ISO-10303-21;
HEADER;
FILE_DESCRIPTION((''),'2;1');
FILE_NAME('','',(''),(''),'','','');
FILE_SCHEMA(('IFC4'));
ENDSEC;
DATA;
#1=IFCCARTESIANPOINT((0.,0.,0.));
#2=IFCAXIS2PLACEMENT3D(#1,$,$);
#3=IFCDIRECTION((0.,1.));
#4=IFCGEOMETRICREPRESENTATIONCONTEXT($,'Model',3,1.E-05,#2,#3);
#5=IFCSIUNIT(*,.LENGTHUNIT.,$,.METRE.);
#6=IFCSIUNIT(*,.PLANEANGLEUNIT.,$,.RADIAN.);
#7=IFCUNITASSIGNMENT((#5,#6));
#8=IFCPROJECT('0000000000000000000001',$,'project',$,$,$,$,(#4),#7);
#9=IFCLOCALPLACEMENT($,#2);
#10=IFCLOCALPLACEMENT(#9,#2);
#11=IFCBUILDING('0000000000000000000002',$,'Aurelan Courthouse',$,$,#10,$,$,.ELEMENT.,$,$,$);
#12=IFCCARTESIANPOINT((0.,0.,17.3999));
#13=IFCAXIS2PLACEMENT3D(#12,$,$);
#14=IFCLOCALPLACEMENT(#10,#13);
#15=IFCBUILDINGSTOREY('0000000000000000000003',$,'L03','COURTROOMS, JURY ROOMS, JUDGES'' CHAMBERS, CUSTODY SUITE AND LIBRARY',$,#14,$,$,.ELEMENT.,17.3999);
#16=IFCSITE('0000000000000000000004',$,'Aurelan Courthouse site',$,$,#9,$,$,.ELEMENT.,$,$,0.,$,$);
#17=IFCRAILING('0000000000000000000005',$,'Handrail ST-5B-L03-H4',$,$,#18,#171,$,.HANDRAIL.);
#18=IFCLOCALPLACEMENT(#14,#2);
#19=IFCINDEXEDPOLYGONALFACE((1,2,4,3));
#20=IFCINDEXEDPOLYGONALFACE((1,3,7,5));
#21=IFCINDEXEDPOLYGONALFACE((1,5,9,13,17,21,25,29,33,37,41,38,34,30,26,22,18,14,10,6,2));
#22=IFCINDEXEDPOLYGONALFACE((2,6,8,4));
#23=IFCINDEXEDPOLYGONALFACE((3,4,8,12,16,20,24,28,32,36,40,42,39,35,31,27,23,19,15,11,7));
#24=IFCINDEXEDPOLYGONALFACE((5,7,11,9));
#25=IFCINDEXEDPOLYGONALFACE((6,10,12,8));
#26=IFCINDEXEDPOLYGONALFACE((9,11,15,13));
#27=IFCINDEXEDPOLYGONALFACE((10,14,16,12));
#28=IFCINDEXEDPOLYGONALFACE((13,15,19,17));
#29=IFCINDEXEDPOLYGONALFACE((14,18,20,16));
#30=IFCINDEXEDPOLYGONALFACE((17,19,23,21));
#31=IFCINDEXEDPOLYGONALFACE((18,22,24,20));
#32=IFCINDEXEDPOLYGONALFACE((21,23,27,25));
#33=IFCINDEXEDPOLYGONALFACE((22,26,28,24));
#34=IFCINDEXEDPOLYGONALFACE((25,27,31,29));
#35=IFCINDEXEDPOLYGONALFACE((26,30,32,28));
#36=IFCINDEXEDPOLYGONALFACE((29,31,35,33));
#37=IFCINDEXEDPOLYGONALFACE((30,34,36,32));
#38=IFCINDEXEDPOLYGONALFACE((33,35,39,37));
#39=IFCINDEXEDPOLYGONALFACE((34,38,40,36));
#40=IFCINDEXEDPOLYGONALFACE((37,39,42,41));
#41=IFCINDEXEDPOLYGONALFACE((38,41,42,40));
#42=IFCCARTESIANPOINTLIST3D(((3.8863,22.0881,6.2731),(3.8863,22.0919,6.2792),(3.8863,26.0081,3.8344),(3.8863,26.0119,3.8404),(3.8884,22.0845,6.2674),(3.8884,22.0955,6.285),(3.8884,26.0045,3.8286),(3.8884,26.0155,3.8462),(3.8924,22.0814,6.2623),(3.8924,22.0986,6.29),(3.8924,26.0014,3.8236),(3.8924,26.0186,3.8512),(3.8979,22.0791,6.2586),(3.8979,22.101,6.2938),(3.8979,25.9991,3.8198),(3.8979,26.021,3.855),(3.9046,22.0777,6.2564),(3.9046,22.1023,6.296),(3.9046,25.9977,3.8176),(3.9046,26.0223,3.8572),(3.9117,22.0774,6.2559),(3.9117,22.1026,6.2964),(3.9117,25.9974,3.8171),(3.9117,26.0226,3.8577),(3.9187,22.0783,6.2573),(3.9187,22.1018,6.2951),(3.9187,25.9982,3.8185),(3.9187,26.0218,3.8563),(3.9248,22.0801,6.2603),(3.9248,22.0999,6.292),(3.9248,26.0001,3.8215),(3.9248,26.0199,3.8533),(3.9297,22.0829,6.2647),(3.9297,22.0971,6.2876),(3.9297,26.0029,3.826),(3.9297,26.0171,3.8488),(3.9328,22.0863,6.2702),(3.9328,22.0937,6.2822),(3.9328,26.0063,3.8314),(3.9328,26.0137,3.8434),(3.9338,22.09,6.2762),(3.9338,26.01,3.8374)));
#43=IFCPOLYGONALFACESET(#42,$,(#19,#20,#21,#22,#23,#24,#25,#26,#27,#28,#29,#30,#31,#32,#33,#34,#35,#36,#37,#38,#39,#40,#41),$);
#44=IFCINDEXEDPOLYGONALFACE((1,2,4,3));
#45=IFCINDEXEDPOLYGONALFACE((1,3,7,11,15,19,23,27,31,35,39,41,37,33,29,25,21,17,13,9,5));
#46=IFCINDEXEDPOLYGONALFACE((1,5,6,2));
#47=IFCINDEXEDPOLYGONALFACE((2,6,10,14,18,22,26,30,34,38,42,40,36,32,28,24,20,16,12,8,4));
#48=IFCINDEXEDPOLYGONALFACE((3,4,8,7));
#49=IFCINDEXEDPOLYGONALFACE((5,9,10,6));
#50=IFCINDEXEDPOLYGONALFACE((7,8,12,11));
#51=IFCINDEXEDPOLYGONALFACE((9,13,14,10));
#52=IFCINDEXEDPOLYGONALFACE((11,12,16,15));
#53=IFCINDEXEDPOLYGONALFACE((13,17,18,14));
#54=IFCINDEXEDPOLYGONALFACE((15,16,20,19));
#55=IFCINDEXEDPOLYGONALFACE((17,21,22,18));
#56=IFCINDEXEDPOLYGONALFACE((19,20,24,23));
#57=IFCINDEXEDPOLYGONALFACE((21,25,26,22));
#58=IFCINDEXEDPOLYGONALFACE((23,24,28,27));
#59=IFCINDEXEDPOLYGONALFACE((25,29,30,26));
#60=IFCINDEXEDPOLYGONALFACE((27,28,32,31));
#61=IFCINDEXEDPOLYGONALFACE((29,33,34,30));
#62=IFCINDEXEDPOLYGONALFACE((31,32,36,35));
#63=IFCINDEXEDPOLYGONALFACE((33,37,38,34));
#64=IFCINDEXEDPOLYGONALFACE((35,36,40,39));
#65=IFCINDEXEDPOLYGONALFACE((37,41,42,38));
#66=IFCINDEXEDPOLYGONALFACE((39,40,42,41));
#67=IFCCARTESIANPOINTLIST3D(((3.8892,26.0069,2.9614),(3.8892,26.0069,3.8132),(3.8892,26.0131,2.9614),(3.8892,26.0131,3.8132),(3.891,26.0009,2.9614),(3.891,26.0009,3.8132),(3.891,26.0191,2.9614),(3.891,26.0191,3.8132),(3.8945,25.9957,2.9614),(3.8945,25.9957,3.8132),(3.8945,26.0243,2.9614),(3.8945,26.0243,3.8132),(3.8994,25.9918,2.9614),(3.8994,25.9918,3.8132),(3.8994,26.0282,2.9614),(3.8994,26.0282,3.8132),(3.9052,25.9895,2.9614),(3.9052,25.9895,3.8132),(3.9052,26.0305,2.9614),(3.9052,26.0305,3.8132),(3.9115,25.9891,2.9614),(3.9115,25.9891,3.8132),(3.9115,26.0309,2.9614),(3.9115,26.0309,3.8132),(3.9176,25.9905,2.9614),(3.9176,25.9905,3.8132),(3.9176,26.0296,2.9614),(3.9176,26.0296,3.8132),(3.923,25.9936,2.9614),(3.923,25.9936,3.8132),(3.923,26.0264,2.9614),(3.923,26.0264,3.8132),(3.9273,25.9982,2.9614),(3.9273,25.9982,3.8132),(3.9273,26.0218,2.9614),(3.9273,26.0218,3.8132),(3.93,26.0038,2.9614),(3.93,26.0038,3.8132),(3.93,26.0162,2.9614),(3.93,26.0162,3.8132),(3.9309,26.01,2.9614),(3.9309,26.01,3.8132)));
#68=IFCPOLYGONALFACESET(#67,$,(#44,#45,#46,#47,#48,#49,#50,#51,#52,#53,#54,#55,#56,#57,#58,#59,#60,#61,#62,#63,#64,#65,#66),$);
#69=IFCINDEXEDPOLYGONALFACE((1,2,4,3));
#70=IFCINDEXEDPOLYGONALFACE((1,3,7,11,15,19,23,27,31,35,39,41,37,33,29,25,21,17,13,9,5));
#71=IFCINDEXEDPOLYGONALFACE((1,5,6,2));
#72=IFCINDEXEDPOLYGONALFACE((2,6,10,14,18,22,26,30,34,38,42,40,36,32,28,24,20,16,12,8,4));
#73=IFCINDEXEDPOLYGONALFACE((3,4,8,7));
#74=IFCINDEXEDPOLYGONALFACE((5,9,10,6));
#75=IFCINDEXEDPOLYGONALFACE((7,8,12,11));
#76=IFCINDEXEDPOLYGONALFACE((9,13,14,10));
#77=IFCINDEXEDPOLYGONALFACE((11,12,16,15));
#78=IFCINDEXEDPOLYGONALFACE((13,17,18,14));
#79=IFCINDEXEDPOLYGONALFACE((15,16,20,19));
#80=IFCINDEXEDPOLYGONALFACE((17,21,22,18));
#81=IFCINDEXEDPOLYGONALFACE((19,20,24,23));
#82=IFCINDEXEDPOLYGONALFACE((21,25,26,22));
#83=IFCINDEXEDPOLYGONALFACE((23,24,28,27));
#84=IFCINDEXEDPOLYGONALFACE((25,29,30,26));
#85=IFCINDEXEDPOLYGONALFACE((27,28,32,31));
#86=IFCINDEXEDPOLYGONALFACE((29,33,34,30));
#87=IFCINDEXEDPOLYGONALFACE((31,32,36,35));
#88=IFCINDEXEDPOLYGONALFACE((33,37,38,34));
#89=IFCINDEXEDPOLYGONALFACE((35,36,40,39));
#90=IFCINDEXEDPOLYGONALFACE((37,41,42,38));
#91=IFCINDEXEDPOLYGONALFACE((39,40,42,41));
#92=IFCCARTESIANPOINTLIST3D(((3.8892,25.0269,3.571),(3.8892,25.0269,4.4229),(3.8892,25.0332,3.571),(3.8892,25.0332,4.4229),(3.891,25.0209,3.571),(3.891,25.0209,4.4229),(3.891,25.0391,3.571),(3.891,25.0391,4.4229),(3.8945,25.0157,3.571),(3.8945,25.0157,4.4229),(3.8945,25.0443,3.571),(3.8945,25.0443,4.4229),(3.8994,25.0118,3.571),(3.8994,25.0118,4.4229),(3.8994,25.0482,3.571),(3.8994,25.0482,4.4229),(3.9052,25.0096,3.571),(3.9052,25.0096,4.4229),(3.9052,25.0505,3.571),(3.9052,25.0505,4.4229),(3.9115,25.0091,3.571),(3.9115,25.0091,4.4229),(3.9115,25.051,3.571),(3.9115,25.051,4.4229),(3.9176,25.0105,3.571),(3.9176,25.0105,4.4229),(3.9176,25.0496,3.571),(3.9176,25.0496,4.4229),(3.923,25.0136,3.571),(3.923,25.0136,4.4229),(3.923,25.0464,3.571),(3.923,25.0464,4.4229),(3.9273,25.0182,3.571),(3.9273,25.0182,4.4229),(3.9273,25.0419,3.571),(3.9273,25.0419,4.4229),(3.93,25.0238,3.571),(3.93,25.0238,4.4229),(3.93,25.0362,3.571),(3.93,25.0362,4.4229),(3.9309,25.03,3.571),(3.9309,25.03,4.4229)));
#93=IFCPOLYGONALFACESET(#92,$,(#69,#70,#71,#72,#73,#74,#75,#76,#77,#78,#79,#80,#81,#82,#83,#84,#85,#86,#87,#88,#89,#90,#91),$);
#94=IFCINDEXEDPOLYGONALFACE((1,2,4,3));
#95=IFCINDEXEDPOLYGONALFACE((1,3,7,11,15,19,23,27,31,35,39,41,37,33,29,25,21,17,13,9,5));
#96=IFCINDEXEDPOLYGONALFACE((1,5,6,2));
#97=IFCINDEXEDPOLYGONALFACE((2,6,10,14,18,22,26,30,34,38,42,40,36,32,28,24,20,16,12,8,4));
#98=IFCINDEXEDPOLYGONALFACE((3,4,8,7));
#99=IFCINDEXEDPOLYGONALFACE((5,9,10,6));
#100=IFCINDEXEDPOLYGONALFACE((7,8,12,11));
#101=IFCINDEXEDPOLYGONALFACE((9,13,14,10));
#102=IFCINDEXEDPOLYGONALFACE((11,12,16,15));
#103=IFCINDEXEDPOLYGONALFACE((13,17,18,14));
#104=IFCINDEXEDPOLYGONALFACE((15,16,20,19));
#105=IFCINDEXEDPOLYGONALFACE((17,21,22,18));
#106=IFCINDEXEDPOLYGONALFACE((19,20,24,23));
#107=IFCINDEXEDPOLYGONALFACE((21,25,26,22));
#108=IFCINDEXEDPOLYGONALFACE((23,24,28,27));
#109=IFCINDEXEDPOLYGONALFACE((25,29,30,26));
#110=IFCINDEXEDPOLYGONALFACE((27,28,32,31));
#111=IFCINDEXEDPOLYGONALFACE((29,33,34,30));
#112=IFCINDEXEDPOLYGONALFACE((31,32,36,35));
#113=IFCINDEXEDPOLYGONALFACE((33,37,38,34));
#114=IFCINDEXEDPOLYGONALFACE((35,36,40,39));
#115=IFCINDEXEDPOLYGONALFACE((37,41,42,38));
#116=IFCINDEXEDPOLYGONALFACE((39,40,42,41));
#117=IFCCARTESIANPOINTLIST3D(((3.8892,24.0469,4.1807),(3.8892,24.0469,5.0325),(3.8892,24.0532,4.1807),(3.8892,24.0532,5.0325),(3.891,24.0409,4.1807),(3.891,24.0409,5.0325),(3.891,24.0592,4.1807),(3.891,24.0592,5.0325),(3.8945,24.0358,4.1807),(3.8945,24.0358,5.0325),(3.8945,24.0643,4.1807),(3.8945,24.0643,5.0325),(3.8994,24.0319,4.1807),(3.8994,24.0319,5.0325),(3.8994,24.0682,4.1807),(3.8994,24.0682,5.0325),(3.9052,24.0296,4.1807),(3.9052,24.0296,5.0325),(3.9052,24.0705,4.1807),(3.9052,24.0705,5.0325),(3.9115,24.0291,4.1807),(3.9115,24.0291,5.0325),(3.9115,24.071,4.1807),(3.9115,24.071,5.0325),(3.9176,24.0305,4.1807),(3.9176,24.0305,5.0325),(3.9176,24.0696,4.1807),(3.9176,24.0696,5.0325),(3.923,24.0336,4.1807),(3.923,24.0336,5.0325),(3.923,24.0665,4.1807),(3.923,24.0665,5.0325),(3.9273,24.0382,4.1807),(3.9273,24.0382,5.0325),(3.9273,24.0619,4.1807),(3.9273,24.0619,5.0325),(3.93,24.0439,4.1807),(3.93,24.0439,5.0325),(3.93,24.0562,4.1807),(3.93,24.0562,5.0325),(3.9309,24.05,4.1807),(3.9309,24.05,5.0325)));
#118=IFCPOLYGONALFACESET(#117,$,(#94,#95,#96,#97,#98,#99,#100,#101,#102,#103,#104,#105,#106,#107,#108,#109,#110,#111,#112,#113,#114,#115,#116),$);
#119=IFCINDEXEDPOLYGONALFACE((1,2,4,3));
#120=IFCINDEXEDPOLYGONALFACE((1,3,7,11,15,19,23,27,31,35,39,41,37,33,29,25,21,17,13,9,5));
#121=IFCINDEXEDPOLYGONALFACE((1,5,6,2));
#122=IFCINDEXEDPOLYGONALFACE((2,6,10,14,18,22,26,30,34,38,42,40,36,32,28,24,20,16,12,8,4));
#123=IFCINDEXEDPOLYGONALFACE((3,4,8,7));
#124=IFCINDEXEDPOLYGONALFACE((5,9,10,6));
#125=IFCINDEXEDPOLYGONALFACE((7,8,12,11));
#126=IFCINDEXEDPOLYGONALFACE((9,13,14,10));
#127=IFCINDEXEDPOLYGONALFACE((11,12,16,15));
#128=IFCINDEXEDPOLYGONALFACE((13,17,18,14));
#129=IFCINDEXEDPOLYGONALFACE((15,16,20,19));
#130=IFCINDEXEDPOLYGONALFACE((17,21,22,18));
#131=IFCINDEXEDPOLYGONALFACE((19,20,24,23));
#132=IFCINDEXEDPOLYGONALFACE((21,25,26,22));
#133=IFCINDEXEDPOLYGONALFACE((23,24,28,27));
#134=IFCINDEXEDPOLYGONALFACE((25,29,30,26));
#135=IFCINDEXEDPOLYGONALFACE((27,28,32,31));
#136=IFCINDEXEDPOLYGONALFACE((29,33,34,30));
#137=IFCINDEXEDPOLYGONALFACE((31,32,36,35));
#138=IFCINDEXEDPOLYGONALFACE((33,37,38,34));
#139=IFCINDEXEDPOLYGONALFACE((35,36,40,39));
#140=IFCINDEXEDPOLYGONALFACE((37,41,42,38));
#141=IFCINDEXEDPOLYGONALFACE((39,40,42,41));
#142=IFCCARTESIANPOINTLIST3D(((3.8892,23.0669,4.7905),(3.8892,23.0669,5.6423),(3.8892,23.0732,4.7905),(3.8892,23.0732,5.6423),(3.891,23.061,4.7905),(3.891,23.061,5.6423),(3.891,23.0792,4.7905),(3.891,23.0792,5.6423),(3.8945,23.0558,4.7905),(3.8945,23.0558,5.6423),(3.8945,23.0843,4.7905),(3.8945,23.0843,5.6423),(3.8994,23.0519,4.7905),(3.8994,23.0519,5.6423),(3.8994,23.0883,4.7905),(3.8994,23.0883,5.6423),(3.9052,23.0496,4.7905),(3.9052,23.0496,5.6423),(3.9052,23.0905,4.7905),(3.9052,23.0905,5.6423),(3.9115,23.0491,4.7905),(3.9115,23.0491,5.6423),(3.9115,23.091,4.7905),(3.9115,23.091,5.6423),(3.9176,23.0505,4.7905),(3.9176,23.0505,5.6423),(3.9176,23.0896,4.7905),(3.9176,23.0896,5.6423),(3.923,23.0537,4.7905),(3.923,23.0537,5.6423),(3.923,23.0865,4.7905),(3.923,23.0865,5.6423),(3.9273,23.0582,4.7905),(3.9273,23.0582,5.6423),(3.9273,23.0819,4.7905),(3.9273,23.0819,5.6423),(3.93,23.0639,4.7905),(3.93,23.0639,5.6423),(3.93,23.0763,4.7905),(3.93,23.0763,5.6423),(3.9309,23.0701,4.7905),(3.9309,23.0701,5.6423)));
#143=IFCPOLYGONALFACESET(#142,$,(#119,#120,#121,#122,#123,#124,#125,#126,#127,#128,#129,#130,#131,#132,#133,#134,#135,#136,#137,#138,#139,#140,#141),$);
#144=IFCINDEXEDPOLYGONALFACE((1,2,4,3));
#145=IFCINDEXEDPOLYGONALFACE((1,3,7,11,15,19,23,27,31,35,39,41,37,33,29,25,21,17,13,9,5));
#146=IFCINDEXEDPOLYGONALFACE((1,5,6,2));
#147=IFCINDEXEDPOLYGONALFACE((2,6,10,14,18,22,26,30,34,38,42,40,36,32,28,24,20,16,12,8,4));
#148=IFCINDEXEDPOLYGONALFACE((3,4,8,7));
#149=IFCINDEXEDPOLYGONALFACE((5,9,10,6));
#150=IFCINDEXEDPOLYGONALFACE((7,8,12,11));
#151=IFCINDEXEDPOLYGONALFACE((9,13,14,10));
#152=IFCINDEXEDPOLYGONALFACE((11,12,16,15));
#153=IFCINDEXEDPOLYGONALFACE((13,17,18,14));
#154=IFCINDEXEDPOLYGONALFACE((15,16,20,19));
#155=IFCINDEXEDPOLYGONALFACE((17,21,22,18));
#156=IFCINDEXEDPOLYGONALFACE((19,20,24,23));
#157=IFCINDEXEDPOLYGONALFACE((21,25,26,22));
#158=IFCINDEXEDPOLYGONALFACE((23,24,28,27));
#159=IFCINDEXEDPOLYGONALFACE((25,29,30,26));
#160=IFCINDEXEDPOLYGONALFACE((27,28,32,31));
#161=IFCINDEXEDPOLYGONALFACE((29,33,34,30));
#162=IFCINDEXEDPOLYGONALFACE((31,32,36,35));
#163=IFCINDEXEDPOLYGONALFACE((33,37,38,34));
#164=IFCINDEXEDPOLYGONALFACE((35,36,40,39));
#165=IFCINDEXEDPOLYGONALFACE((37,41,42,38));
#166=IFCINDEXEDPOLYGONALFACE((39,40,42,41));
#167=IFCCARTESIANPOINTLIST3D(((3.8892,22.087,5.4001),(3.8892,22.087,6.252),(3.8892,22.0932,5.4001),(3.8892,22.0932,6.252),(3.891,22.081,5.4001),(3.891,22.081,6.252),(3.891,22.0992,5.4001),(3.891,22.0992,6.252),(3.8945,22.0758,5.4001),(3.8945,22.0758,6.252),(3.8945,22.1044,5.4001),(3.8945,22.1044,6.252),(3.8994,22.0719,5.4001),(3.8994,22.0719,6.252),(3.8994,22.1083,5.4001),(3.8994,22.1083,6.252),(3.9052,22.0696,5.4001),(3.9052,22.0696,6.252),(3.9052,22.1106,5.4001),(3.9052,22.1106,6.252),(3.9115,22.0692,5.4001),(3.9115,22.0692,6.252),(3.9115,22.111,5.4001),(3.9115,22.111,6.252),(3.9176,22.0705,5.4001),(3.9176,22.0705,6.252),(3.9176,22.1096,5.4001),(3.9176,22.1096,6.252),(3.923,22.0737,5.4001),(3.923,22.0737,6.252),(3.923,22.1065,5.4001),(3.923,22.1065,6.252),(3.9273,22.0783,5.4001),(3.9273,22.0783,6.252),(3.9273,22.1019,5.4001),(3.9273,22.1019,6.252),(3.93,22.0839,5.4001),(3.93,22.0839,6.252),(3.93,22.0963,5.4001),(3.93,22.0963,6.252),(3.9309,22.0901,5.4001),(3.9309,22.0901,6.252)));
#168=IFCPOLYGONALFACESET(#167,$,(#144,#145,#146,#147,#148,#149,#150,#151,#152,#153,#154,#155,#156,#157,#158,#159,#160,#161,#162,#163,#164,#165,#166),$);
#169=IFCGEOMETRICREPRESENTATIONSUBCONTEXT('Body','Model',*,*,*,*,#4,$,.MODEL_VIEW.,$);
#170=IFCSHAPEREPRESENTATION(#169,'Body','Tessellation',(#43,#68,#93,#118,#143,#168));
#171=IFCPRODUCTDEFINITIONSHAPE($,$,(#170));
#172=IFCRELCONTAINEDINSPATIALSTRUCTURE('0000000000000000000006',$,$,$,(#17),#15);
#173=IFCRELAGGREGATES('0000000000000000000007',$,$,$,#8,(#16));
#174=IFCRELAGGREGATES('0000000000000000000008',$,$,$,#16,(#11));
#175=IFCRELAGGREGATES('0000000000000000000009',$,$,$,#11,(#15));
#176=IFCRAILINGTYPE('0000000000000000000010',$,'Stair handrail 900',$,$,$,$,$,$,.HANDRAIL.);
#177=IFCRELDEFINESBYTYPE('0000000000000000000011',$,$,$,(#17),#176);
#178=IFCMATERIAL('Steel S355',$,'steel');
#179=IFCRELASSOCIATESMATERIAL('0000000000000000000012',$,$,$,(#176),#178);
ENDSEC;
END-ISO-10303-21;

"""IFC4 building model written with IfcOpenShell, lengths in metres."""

from ifc_helpers import new_model, si_unit, direction, frame, origin, origin_2d, place, context, subcontext, project, spatial, circle, extrude, material, type_object, element, save


model = new_model("IFC4")

# Units and contexts
model_context = context("Model", 3, precision=1e-05, world=origin(), true_north=direction((0.0, 1.0)))
body_context = subcontext(model_context, "Body", "Model", "MODEL_VIEW")
ifc_project = project(units=[si_unit("LENGTHUNIT", "METRE"), si_unit("PLANEANGLEUNIT", "RADIAN")], contexts=[model_context])

# Site, building, storey
site_placement = place(None, origin())
site = spatial("IfcSite", under=ifc_project, at=site_placement, Name="Aurelan Courthouse site", CompositionType="ELEMENT", RefElevation=0.0)
building_placement = place(site_placement, origin())
building = spatial("IfcBuilding", under=site, at=building_placement, Name="Aurelan Courthouse", CompositionType="ELEMENT")
storey_placement = place(building_placement, frame((0.0, 0.0, 17.3999)))
storey = spatial("IfcBuildingStorey", under=building, at=storey_placement, Name="L03", Description="COURTROOMS, JURY ROOMS, JUDGES' CHAMBERS, CUSTODY SUITE AND LIBRARY", CompositionType="ELEMENT", Elevation=17.3999)

# Railing
ifc_material_1 = material(Name="Steel S355", Category="steel")
railing_type_1 = type_object("IfcRailingType", Name="Stair handrail 900", PredefinedType="HANDRAIL", material=ifc_material_1)
for number, where, name in (
    (1, (3.9099, 26.01, 2.9614), "Handrail ST-5B-L03-H4"),
):
    element("IfcRailing", number, at=place(storey_placement, frame(where)), inside=storey, type_object=railing_type_1, Name=name, PredefinedType="HANDRAIL", context=body_context, shape_type="SweptSolid", body=[
        extrude(circle(Radius=0.0239, at=origin_2d()), frame((0.0, 0.0, 0.876), z_axis=(0.0, -0.84909, 0.528249), x_axis=(1.0, 0.0, 0.0)), (0.0, 0.0, 1.0), 4.6167),
        extrude(circle(Radius=0.021, at=origin_2d()), origin(), (0.0, 0.0, 1.0), 0.8518),
        extrude(circle(Radius=0.021, at=origin_2d()), frame((0.0, -0.98, 0.6096)), (0.0, 0.0, 1.0), 0.8518),
        extrude(circle(Radius=0.021, at=origin_2d()), frame((0.0, -1.96, 1.2192)), (0.0, 0.0, 1.0), 0.8518),
        extrude(circle(Radius=0.021, at=origin_2d()), frame((0.0, -2.9399, 1.8291)), (0.0, 0.0, 1.0), 0.8518),
        extrude(circle(Radius=0.021, at=origin_2d()), frame((0.0, -3.9199, 2.4387)), (0.0, 0.0, 1.0), 0.8518),
    ])

save(model, "model.ifc")
